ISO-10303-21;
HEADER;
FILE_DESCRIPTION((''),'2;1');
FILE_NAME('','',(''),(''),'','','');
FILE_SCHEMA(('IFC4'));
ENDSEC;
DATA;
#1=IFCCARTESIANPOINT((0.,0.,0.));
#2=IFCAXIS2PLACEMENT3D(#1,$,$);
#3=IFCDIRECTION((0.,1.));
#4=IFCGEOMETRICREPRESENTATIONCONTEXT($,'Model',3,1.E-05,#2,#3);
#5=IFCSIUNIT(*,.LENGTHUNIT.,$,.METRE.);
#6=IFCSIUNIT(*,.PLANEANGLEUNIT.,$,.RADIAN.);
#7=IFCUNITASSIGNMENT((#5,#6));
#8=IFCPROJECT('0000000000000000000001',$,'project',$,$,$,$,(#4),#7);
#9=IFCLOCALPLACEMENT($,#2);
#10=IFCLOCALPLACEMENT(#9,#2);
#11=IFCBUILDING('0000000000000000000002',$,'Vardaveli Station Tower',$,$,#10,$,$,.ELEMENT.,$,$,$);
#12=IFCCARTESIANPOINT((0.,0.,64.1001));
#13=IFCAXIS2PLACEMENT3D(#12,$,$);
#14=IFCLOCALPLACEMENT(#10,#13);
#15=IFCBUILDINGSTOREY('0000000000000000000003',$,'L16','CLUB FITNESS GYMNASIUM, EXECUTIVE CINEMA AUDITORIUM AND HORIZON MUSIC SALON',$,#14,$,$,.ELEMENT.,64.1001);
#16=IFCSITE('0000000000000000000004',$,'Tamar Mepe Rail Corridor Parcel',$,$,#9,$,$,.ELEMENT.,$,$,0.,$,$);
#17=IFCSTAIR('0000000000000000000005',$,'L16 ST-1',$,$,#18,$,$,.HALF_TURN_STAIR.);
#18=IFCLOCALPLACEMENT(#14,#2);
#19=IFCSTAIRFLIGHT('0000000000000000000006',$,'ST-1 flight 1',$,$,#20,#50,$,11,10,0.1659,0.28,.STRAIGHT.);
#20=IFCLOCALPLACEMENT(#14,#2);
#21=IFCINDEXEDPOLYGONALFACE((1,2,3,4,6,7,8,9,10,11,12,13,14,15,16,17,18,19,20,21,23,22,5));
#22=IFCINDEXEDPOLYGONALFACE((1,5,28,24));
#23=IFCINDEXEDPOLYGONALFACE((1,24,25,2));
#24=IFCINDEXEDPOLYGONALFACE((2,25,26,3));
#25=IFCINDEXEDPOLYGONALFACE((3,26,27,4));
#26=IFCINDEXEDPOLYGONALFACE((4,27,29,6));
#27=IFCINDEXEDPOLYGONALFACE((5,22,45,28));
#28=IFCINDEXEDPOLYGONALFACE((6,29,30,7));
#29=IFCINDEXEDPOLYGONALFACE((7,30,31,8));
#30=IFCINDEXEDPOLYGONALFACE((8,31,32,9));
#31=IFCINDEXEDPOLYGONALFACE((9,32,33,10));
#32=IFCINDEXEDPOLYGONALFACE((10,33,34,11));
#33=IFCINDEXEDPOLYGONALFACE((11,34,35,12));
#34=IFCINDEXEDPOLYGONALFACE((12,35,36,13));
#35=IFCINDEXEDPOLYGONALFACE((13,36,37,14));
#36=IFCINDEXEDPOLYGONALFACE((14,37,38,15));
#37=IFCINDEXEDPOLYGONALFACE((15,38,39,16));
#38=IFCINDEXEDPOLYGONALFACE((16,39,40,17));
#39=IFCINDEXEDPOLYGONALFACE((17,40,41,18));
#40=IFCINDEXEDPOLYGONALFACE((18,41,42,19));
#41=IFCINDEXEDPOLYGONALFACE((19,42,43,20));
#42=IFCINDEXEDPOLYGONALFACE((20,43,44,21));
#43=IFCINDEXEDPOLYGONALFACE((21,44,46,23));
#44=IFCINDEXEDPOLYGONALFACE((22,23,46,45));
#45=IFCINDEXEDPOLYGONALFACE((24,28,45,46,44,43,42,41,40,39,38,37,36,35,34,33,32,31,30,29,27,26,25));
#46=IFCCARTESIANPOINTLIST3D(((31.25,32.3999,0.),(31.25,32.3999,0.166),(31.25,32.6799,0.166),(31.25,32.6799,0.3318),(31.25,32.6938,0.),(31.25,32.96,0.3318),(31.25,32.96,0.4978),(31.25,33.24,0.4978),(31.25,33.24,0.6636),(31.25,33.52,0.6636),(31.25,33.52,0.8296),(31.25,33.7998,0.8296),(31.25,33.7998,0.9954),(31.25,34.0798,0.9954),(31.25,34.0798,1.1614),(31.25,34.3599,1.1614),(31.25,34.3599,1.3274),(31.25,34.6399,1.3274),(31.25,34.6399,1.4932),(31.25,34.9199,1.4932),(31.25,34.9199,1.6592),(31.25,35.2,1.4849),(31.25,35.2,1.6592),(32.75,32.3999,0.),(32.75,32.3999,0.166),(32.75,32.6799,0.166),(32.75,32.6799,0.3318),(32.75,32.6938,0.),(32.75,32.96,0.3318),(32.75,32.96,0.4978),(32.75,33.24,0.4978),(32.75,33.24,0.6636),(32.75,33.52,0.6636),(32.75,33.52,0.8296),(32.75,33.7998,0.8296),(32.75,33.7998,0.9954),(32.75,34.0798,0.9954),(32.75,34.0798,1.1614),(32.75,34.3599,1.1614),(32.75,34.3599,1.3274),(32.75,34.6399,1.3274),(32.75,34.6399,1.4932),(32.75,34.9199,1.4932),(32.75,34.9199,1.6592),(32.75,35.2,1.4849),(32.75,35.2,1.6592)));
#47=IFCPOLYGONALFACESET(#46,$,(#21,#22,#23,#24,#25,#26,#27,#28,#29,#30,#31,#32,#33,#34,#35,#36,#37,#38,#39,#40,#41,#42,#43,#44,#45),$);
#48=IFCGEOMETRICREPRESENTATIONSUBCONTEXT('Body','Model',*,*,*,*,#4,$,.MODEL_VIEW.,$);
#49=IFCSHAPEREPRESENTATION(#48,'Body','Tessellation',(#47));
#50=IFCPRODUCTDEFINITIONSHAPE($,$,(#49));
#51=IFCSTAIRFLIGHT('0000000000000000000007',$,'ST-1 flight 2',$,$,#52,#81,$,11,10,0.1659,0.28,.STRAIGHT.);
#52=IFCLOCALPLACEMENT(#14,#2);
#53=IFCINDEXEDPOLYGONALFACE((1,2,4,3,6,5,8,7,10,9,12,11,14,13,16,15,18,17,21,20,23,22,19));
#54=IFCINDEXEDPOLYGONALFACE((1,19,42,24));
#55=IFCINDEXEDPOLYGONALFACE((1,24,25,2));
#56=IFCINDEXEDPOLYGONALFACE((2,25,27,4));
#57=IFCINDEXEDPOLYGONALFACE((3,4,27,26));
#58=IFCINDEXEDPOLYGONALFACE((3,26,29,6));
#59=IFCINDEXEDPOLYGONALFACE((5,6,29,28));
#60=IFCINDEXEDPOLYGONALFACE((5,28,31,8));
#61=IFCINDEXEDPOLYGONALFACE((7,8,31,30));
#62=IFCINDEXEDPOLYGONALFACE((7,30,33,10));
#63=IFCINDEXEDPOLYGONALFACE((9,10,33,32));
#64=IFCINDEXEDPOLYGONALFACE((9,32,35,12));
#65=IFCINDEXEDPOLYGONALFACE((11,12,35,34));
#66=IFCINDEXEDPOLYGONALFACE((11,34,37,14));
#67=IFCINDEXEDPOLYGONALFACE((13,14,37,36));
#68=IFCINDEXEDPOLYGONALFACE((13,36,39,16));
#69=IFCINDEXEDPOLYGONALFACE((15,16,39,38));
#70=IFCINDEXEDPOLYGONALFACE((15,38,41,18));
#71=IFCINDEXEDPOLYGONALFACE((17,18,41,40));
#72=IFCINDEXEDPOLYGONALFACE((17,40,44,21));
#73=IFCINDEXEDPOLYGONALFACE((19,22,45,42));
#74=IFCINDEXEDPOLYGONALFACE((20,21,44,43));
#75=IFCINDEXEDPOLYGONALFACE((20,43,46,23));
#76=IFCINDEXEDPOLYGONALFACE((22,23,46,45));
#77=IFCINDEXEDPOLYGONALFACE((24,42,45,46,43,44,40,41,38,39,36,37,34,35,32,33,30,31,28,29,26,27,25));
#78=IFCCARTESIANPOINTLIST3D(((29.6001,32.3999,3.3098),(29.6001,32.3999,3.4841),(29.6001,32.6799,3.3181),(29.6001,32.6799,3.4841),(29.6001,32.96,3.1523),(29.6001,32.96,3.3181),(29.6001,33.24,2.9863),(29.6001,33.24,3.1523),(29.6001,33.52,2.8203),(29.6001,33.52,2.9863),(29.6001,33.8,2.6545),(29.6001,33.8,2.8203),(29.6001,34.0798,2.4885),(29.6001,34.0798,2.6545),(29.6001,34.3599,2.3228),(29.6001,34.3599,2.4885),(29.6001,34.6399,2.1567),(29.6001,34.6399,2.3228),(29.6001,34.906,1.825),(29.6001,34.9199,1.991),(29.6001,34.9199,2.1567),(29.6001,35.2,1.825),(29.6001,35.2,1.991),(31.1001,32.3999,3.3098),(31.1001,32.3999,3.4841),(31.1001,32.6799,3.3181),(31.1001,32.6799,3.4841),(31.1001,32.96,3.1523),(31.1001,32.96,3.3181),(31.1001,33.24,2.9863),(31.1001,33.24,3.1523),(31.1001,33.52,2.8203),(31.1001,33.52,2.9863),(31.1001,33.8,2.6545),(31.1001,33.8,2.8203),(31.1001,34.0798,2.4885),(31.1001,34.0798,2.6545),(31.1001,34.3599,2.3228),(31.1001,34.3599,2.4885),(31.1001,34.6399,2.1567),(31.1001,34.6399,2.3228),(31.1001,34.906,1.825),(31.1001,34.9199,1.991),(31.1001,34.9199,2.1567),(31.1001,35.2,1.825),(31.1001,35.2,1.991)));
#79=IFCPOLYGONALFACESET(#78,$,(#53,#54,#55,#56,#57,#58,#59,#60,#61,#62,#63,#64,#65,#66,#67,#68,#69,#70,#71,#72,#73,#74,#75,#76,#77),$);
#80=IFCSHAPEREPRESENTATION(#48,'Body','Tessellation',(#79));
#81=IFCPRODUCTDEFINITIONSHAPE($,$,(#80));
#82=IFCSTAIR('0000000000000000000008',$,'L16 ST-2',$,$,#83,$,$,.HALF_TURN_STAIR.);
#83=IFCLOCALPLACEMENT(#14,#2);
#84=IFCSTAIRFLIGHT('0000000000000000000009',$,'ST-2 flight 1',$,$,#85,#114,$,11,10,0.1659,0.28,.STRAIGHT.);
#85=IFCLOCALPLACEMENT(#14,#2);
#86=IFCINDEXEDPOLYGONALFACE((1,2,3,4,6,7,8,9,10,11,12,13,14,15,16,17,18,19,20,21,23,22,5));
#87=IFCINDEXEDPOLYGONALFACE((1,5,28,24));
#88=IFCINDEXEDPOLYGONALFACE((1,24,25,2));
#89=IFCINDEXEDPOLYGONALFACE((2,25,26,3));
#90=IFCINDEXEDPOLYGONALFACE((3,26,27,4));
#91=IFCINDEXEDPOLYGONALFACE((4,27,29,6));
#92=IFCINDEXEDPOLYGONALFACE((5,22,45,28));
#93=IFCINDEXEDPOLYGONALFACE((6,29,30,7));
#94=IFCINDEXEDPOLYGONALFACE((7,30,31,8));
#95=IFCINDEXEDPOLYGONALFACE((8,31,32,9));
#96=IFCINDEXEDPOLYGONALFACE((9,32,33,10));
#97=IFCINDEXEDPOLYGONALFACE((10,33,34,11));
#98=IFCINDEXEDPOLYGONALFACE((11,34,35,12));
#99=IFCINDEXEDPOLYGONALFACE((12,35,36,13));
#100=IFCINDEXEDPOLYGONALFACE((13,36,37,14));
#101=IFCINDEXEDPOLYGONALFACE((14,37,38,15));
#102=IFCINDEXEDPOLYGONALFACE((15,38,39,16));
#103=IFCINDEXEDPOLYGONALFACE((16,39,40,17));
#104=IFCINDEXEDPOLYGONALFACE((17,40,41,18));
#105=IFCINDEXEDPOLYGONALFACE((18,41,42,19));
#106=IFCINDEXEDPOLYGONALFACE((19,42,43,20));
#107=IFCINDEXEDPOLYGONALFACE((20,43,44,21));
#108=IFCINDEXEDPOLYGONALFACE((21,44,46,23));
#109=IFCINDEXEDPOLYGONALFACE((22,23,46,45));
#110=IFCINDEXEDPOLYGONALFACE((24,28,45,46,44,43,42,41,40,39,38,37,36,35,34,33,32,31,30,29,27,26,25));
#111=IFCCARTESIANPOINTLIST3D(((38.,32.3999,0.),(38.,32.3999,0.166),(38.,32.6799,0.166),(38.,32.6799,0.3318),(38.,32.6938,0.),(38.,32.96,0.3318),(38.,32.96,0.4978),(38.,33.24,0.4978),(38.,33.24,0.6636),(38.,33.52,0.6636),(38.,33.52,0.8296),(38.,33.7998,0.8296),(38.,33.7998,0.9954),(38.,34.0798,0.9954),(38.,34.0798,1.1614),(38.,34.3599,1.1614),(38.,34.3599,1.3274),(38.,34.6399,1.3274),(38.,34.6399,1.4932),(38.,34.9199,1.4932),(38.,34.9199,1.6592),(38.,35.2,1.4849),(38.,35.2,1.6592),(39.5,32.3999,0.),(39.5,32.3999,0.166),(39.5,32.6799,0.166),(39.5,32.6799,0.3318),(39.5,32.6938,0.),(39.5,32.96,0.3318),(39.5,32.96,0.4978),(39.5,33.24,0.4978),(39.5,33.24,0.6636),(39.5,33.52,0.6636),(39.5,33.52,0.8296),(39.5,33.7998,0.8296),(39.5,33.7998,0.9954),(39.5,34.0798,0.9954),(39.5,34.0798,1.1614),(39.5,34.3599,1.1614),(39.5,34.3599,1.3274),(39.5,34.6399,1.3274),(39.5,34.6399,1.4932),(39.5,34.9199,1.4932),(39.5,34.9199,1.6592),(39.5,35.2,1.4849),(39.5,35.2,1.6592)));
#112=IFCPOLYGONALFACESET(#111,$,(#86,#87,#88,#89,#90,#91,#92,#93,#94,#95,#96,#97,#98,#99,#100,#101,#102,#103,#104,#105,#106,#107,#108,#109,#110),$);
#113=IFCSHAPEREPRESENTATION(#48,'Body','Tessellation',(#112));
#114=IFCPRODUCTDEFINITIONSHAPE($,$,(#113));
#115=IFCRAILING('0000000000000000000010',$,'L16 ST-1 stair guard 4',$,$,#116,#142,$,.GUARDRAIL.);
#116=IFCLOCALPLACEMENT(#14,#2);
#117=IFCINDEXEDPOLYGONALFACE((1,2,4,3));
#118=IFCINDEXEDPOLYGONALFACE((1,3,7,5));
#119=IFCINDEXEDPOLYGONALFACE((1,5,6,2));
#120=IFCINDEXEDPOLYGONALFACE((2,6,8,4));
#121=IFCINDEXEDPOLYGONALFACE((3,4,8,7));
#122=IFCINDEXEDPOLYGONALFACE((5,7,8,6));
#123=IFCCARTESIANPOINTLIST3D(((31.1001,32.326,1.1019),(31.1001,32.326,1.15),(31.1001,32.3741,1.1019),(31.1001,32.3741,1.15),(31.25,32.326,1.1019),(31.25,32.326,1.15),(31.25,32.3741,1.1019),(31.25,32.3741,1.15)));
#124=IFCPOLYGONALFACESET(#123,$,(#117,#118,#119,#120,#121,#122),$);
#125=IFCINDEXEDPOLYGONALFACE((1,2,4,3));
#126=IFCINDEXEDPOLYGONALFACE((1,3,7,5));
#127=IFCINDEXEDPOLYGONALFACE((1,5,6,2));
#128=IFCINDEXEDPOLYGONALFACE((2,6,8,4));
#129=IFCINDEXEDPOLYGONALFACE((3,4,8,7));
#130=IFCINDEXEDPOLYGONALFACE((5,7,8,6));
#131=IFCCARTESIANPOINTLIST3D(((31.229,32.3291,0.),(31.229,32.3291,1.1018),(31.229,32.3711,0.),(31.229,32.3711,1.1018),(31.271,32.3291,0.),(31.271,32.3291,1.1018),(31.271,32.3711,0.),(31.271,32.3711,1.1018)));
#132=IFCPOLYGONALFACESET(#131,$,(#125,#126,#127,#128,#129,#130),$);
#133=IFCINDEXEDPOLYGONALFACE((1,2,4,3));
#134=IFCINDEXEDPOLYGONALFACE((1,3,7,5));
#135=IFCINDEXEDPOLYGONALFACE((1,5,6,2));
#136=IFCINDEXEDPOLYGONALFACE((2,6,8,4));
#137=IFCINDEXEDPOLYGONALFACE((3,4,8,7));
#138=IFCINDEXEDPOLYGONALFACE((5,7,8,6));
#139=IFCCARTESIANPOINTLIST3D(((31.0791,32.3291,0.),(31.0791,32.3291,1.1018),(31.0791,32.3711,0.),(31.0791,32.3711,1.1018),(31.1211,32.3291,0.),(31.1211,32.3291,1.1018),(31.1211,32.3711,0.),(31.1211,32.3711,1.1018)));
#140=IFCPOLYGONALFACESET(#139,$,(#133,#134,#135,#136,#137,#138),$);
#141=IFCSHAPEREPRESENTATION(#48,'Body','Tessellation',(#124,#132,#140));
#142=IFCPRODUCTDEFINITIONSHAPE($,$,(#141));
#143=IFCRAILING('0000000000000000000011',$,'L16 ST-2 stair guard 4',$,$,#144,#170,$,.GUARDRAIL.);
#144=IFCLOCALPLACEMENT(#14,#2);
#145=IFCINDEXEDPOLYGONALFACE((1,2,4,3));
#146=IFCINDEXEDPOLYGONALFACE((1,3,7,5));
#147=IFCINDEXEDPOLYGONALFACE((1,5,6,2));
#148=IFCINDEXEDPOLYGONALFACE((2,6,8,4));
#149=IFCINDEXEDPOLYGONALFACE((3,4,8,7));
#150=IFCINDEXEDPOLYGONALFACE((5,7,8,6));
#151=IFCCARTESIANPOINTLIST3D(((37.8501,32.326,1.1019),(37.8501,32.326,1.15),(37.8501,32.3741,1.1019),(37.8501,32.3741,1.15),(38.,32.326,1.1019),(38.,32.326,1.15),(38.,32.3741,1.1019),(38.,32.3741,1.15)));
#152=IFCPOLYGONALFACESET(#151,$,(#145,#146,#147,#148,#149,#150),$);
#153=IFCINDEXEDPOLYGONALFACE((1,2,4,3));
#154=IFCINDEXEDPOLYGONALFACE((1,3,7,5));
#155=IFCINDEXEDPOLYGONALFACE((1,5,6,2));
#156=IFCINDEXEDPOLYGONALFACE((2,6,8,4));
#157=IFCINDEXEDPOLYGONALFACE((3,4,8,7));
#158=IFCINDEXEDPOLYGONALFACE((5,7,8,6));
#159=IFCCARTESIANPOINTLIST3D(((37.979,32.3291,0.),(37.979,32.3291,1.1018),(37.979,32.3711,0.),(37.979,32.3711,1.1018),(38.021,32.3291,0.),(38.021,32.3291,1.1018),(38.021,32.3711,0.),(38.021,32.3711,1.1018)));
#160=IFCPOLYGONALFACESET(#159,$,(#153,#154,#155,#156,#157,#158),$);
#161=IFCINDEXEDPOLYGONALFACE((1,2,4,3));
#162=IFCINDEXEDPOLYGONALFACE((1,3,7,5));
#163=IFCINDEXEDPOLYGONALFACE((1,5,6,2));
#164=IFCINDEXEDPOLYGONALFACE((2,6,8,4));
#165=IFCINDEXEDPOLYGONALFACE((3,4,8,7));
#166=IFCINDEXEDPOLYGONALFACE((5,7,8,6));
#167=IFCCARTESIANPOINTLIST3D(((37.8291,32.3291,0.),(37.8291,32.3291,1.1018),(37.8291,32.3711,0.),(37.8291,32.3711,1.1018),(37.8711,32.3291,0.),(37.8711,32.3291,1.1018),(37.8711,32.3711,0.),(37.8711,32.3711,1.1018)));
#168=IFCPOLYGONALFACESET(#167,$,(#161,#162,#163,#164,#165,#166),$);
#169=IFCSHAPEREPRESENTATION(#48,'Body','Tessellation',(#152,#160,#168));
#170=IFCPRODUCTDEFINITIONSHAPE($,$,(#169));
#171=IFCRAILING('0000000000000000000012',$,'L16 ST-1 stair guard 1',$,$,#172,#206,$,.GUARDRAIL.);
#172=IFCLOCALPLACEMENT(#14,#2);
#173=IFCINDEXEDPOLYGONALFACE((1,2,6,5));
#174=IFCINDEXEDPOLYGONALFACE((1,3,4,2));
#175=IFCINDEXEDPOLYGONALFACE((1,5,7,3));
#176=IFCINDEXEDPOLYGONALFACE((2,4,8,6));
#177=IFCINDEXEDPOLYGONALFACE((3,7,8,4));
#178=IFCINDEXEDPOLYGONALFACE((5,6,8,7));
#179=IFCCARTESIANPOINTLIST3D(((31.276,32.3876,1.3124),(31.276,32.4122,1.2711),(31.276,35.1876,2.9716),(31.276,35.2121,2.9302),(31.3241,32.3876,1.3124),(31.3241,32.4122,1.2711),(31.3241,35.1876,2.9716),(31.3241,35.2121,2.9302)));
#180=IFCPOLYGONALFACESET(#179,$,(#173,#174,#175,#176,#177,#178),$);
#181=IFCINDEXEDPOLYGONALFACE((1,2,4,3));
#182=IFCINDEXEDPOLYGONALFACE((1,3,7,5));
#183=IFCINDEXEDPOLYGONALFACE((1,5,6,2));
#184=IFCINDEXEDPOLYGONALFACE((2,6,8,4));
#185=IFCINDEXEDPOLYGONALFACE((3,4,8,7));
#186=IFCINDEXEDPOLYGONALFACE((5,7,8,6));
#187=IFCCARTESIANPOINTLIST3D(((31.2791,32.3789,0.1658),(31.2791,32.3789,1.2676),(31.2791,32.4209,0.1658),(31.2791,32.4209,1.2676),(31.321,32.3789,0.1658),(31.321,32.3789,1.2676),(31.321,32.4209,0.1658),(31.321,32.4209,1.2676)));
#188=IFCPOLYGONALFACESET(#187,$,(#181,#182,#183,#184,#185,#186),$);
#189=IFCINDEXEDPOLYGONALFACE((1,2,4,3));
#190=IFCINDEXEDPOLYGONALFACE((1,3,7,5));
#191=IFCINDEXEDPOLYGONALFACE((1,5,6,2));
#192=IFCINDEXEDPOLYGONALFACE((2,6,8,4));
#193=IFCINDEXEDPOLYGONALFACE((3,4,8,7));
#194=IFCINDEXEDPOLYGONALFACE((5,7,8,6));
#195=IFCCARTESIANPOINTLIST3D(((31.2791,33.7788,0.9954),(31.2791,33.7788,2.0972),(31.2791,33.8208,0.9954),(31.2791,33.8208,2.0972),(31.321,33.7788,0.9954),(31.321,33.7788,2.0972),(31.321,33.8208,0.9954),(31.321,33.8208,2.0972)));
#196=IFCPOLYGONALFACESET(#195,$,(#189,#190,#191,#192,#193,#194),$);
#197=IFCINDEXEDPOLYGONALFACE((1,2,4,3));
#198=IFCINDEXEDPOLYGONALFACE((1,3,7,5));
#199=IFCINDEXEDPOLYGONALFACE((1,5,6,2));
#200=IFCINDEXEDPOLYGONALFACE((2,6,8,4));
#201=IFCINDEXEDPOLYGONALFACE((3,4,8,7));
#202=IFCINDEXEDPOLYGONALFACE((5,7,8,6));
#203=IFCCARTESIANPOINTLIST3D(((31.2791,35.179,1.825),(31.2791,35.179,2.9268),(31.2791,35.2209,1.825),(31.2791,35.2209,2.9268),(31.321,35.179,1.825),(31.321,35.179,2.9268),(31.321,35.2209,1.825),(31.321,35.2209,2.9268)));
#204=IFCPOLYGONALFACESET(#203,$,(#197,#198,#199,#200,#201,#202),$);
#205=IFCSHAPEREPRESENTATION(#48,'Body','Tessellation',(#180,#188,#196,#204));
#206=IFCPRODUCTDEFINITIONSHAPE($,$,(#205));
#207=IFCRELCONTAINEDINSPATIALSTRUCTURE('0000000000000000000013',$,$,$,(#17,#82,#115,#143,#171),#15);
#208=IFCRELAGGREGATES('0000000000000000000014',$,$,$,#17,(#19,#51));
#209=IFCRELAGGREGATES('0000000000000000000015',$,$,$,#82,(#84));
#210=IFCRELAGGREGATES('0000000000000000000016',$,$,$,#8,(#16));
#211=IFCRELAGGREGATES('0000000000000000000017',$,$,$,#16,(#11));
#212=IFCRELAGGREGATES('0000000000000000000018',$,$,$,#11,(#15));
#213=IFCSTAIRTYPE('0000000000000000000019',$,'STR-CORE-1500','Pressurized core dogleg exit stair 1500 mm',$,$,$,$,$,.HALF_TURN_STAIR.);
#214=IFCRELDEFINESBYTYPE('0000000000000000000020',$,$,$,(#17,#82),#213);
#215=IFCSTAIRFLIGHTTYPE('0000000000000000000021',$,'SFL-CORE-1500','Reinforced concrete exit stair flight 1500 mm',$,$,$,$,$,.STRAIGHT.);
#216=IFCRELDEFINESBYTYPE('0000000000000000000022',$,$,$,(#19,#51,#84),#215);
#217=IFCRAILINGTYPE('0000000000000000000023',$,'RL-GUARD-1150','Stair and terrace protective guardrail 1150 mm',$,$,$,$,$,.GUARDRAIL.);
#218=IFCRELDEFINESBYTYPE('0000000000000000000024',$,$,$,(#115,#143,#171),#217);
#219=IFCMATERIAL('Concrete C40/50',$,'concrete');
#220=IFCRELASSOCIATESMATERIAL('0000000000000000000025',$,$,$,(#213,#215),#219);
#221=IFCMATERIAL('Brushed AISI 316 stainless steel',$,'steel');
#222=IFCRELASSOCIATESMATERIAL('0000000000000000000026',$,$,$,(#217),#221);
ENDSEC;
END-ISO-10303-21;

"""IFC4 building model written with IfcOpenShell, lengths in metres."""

from ifc_helpers import new_model, si_unit, direction, frame, origin, origin_2d, place, context, subcontext, project, spatial, polyline, rectangle, outline, extrude, source, transform, mapped, material, type_object, element, aggregate, save


model = new_model("IFC4")

# Units and contexts
model_context = context("Model", 3, precision=1e-05, world=origin(), true_north=direction((0.0, 1.0)))
body_context = subcontext(model_context, "Body", "Model", "MODEL_VIEW")
ifc_project = project(units=[si_unit("LENGTHUNIT", "METRE"), si_unit("PLANEANGLEUNIT", "RADIAN")], contexts=[model_context])

# Site, building, storey
site_placement = place(None, origin())
site = spatial("IfcSite", under=ifc_project, at=site_placement, Name="Tamar Mepe Rail Corridor Parcel", CompositionType="ELEMENT", RefElevation=0.0)
building_placement = place(site_placement, origin())
building = spatial("IfcBuilding", under=site, at=building_placement, Name="Vardaveli Station Tower", CompositionType="ELEMENT")
storey_placement = place(building_placement, frame((0.0, 0.0, 64.1001)))
storey = spatial("IfcBuildingStorey", under=building, at=storey_placement, Name="L16", Description="CLUB FITNESS GYMNASIUM, EXECUTIVE CINEMA AUDITORIUM AND HORIZON MUSIC SALON", CompositionType="ELEMENT", Elevation=64.1001)

# Shared definitions
ifc_material_1 = material(Name="Concrete C40/50", Category="concrete")

# Stair, stair flights
stair_type = type_object("IfcStairType", Name="STR-CORE-1500", Description="Pressurized core dogleg exit stair 1500 mm", PredefinedType="HALF_TURN_STAIR", material=ifc_material_1)
stair_1_placement = place(storey_placement, origin())
stair_1 = element("IfcStair", 1, at=stair_1_placement, inside=storey, type_object=stair_type, Name="L16 ST-1", PredefinedType="HALF_TURN_STAIR")
stair_flight_type = type_object("IfcStairFlightType", Name="SFL-CORE-1500", Description="Reinforced concrete exit stair flight 1500 mm", PredefinedType="STRAIGHT", material=ifc_material_1)
shared_shape_1 = source(origin(), body_context, "Body", "SweptSolid", [
    extrude(outline(polyline([(0.0, 0.0), (0.0, 0.166), (0.28, 0.166), (0.28, 0.3318), (0.5601, 0.3318), (0.5601, 0.4978), (0.8401, 0.4978), (0.8401, 0.6636), (1.1201, 0.6636), (1.1201, 0.8296), (1.3999, 0.8296), (1.3999, 0.9954), (1.6799, 0.9954), (1.6799, 1.1614), (1.96, 1.1614), (1.96, 1.3274), (2.24, 1.3274), (2.24, 1.4932), (2.52, 1.4932), (2.52, 1.6592), (2.8, 1.6592), (2.8, 1.825), (2.8, 1.4849), (0.2939, 0.0), (0.0, 0.0)])), frame((0.0, 0.75, 0.0), z_axis=(0.0, -1.0, 0.0), x_axis=(1.0, 0.0, 0.0)), (0.0, 0.0, 1.0), 1.5),
])
stair_flight_1_placement = place(storey_placement, frame((32.0, 32.3999, 0.0), z_axis=(0.0, 0.0, 1.0), x_axis=(0.0, 1.0, 0.0)))
stair_flight_1 = element("IfcStairFlight", 2, at=stair_flight_1_placement, type_object=stair_flight_type, Name="ST-1 flight 1", NumberOfRisers=11, NumberOfTreads=10, PredefinedType="STRAIGHT", RiserHeight=0.1659, TreadLength=0.28, context=body_context, shape_type="MappedRepresentation", body=[
    mapped(shared_shape_1, transform((0.0, 0.0, 0.0), scale=1.0)),
])
stair_flight_2_placement = place(storey_placement, frame((30.3501, 35.2, 1.825), z_axis=(0.0, 0.0, 1.0), x_axis=(0.0, -1.0, 0.0)))
stair_flight_2 = element("IfcStairFlight", 3, at=stair_flight_2_placement, type_object=stair_flight_type, Name="ST-1 flight 2", NumberOfRisers=11, NumberOfTreads=10, PredefinedType="STRAIGHT", RiserHeight=0.1659, TreadLength=0.28, context=body_context, shape_type="MappedRepresentation", body=[
    mapped(shared_shape_1, transform((0.0, 0.0, 0.0), scale=1.0)),
])
aggregate(stair_1, [stair_flight_1, stair_flight_2])

# Stair, stair flight
stair_2_placement = place(storey_placement, origin())
stair_2 = element("IfcStair", 4, at=stair_2_placement, inside=storey, type_object=stair_type, Name="L16 ST-2", PredefinedType="HALF_TURN_STAIR")
stair_flight_3_placement = place(storey_placement, frame((38.75, 32.3999, 0.0), z_axis=(0.0, 0.0, 1.0), x_axis=(0.0, 1.0, 0.0)))
stair_flight_3 = element("IfcStairFlight", 5, at=stair_flight_3_placement, type_object=stair_flight_type, Name="ST-2 flight 1", NumberOfRisers=11, NumberOfTreads=10, PredefinedType="STRAIGHT", RiserHeight=0.1659, TreadLength=0.28, context=body_context, shape_type="MappedRepresentation", body=[
    mapped(shared_shape_1, transform((0.0, 0.0, 0.0), scale=1.0)),
])
aggregate(stair_2, [stair_flight_3])

# Railings
ifc_material_2 = material(Name="Brushed AISI 316 stainless steel", Category="steel")
railing_type_1 = type_object("IfcRailingType", Name="RL-GUARD-1150", Description="Stair and terrace protective guardrail 1150 mm", PredefinedType="GUARDRAIL", material=ifc_material_2)
shared_shape_2 = source(origin(), body_context, "Body", "SweptSolid", [
    extrude(rectangle(XDim=0.0481, YDim=0.0481, at=origin_2d()), frame((0.0, 0.0, 1.126), z_axis=(-1.0, 0.0, 0.0), x_axis=(0.0, -1.0, 0.0)), (0.0, 0.0, 1.0), 0.1499),
    extrude(rectangle(XDim=0.042, YDim=0.042, at=origin_2d()), origin(), (0.0, 0.0, 1.0), 1.1018),
    extrude(rectangle(XDim=0.042, YDim=0.042, at=origin_2d()), frame((-0.1499, 0.0, 0.0)), (0.0, 0.0, 1.0), 1.1018),
])
for number, where, name in (
    (6, (31.25, 32.3501, 0.0), "L16 ST-1 stair guard 4"),
    (7, (38.0, 32.3501, 0.0), "L16 ST-2 stair guard 4"),
):
    element("IfcRailing", number, at=place(storey_placement, frame(where)), inside=storey, type_object=railing_type_1, Name=name, PredefinedType="GUARDRAIL", context=body_context, shape_type="MappedRepresentation", body=[
        mapped(shared_shape_2, transform((0.0, 0.0, 0.0), scale=1.0)),
    ])
shared_shape_3 = source(origin(), body_context, "Body", "SweptSolid", [
    extrude(rectangle(XDim=0.0481, YDim=0.0481, at=origin_2d()), frame((0.0, 0.0, 1.126), z_axis=(0.0, 0.860306, 0.509778), x_axis=(-1.0, 0.0, 0.0)), (0.0, 0.0, 1.0), 3.2546),
    extrude(rectangle(XDim=0.042, YDim=0.042, at=origin_2d()), origin(), (0.0, 0.0, 1.0), 1.1018),
    extrude(rectangle(XDim=0.042, YDim=0.042, at=origin_2d()), frame((0.0, 1.3999, 0.8296)), (0.0, 0.0, 1.0), 1.1018),
    extrude(rectangle(XDim=0.042, YDim=0.042, at=origin_2d()), frame((0.0, 2.8, 1.6592)), (0.0, 0.0, 1.0), 1.1018),
])
for number, where, name in (
    (8, (31.3, 32.3999, 0.1658), "L16 ST-1 stair guard 1"),
):
    element("IfcRailing", number, at=place(storey_placement, frame(where)), inside=storey, type_object=railing_type_1, Name=name, PredefinedType="GUARDRAIL", context=body_context, shape_type="MappedRepresentation", body=[
        mapped(shared_shape_3, transform((0.0, 0.0, 0.0), scale=1.0)),
    ])

save(model, "model.ifc")
